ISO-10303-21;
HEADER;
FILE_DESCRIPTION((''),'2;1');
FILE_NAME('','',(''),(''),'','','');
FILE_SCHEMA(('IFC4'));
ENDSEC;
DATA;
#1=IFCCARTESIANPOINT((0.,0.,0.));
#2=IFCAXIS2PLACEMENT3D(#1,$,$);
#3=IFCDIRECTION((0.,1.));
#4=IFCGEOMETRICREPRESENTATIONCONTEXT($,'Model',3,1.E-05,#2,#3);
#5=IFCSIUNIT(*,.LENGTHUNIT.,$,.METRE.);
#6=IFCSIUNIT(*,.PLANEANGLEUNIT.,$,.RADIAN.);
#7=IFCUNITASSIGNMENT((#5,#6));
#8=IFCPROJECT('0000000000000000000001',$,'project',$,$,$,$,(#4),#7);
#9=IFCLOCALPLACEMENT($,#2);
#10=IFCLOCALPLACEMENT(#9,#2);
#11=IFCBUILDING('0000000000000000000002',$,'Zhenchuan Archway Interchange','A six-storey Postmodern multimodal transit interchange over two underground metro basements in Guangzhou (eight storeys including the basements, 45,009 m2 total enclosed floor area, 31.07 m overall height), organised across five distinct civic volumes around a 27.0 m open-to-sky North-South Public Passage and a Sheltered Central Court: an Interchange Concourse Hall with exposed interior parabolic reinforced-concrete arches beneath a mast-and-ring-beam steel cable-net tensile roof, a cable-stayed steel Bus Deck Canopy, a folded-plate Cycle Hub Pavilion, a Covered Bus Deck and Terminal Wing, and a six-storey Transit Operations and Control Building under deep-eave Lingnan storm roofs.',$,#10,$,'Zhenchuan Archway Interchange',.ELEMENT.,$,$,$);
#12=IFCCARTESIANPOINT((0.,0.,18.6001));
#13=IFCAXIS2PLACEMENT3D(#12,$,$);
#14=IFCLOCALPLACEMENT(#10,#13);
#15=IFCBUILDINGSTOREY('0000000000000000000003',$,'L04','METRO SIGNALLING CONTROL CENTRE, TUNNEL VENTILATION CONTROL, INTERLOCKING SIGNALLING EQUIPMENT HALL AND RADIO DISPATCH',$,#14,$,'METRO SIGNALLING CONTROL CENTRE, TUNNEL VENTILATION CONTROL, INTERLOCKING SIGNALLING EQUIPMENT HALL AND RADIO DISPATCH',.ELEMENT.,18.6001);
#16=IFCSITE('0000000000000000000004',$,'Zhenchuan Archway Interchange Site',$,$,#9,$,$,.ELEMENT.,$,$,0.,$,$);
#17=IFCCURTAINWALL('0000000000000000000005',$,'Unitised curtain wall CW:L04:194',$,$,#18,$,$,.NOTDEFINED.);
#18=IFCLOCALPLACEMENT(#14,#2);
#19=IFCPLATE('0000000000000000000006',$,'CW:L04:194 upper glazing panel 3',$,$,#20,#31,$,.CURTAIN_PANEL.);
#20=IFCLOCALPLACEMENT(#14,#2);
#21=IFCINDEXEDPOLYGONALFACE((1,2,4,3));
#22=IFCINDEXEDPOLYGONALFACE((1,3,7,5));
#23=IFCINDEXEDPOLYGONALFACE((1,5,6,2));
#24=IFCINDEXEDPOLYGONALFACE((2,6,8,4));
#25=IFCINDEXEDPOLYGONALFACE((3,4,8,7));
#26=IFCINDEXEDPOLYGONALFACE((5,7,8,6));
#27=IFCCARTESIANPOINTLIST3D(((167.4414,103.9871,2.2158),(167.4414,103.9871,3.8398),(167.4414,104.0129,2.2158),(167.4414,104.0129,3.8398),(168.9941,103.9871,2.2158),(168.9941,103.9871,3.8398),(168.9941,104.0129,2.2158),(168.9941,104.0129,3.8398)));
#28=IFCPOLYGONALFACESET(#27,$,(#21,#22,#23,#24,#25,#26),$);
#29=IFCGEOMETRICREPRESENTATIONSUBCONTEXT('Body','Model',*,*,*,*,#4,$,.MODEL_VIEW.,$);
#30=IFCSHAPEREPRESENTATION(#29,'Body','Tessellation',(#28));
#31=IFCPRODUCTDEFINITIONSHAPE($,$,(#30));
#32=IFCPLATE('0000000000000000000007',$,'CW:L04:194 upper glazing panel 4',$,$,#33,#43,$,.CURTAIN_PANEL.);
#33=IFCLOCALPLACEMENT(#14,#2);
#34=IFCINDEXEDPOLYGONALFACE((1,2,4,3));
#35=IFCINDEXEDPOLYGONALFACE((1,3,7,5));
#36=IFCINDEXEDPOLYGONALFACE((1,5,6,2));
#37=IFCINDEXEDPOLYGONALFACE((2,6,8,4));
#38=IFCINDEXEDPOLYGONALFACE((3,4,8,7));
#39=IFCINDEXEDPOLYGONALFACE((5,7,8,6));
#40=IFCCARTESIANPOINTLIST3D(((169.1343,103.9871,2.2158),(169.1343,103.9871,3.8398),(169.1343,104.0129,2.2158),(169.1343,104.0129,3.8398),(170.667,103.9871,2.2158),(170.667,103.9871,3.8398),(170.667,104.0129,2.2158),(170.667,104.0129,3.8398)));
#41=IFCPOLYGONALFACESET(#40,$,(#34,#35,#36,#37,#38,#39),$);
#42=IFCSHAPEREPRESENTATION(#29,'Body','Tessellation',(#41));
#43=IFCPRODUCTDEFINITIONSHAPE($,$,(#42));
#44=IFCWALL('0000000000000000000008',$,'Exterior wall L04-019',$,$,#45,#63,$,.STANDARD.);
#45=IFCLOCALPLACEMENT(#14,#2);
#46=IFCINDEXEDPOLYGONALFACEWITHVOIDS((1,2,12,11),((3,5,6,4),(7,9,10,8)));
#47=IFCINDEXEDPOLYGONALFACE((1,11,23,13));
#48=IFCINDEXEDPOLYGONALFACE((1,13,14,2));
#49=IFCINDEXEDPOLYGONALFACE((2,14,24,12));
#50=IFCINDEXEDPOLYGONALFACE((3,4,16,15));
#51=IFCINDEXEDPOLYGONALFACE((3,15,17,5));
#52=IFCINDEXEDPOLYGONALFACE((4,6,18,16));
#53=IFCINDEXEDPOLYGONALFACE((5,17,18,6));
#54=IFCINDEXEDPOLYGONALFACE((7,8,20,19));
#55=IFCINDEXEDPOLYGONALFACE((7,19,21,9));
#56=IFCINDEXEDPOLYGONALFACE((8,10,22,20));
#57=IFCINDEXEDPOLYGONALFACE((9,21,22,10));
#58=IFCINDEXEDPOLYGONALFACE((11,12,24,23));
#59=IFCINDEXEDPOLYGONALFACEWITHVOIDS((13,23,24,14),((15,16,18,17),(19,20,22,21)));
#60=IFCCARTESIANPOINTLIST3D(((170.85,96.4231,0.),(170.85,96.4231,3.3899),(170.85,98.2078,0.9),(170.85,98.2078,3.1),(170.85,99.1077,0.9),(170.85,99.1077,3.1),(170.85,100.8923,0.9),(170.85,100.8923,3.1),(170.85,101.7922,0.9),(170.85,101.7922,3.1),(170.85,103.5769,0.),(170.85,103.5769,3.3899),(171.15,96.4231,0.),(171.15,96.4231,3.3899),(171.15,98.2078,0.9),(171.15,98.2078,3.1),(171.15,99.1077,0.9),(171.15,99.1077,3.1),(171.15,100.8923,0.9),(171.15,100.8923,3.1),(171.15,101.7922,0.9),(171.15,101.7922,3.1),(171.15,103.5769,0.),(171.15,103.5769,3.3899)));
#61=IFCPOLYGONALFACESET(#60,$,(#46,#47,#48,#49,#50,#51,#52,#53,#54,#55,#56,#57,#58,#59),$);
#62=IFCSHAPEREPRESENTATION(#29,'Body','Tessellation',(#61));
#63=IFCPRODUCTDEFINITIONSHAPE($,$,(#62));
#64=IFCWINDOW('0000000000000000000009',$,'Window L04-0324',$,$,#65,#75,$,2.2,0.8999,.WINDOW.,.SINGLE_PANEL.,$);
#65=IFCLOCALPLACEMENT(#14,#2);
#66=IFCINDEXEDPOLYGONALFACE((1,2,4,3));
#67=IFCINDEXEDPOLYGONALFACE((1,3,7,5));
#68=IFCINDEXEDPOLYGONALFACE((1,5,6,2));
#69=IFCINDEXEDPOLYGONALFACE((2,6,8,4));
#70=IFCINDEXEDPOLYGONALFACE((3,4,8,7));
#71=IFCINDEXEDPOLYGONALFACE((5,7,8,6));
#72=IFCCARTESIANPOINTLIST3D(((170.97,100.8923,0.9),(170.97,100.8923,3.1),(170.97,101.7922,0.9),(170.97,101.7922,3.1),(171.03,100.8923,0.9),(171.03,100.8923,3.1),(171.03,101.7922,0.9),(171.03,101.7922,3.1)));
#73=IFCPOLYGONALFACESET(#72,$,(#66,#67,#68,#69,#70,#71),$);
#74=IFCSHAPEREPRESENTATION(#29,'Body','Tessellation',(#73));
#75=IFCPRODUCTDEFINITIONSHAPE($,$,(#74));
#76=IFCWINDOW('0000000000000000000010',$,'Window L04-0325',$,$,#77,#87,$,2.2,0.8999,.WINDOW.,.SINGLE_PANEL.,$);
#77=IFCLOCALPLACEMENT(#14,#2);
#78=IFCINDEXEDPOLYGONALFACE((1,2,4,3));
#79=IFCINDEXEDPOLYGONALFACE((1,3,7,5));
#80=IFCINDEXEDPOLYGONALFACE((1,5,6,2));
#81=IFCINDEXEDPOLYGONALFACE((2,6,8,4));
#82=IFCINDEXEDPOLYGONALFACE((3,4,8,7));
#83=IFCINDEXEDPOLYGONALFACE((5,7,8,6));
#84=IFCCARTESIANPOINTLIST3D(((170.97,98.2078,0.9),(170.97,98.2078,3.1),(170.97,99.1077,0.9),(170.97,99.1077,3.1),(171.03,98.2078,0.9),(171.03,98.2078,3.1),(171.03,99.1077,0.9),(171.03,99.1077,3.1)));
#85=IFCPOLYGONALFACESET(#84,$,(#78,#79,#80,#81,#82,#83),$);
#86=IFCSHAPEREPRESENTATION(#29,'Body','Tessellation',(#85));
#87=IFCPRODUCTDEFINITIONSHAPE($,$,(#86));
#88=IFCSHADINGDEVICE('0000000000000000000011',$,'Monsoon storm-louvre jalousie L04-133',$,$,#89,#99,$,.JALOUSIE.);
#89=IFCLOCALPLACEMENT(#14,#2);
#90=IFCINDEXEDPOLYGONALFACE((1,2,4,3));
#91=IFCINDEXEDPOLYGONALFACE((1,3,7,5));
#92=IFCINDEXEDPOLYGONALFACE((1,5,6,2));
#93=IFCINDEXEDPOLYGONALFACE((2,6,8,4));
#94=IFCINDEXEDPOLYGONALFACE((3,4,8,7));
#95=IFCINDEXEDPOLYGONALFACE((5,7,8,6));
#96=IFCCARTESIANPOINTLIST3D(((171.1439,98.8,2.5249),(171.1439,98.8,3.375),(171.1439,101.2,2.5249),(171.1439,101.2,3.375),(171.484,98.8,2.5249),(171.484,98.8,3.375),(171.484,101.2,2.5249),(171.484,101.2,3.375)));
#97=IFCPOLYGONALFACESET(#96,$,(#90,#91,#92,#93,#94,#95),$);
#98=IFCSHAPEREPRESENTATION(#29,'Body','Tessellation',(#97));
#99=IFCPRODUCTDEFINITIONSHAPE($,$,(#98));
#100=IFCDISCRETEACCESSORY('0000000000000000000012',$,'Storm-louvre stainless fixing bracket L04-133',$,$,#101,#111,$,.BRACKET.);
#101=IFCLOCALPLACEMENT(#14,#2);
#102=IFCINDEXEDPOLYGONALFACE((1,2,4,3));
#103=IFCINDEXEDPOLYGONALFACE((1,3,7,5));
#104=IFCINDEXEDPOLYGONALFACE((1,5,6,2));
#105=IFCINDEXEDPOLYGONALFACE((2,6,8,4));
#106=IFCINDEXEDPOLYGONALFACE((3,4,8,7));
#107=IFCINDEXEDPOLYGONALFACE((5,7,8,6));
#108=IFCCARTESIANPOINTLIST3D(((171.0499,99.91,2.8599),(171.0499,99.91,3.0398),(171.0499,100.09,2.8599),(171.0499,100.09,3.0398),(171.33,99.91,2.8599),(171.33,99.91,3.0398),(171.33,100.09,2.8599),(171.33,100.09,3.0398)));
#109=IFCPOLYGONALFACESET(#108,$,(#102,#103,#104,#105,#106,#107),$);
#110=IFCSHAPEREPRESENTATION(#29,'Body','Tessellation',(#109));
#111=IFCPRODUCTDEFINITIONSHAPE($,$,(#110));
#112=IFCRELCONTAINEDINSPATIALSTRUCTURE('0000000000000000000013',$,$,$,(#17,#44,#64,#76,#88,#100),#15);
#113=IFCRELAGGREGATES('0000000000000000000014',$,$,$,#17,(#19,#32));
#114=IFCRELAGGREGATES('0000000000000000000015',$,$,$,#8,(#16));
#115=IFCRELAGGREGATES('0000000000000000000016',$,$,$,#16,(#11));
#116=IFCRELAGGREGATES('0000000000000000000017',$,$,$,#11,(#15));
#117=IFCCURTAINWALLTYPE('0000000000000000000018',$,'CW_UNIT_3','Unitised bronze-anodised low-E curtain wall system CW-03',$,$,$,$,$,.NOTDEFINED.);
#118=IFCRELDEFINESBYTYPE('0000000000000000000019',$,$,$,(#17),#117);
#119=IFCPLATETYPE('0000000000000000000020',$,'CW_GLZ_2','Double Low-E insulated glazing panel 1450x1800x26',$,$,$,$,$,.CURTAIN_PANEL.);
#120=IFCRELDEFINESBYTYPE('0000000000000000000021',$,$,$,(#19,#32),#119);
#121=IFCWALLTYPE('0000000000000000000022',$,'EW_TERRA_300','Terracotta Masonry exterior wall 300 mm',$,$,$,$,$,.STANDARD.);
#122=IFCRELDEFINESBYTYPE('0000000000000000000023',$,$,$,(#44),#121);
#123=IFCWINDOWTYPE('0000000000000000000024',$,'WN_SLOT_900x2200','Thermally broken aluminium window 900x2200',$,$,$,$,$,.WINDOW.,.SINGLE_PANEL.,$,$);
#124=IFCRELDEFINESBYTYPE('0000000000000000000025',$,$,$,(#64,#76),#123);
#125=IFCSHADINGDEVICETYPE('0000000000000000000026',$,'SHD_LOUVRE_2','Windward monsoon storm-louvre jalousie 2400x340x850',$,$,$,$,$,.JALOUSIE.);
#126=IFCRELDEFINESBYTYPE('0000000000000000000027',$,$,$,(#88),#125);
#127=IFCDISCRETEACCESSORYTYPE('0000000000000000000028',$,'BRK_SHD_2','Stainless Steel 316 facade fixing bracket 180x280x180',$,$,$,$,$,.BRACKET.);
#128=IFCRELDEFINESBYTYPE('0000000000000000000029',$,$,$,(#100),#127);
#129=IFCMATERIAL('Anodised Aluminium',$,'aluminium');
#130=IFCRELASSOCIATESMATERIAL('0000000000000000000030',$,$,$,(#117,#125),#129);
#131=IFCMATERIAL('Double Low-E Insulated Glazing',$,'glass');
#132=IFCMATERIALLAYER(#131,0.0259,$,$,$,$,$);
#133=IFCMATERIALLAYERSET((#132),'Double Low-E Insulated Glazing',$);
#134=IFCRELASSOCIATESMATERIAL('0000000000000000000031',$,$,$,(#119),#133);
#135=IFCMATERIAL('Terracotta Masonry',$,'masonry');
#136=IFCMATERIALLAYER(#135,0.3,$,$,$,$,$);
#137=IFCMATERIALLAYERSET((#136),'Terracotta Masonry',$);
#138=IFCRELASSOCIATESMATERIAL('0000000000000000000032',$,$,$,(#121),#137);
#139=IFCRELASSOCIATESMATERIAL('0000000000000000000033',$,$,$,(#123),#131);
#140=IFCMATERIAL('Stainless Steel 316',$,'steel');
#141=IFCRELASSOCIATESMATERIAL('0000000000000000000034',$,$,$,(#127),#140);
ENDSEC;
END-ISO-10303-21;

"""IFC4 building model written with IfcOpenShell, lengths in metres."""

from ifc_helpers import new_model, si_unit, direction, frame, frame_2d, origin, origin_2d, place, context, subcontext, project, spatial, rectangle, extrude, material, layer, layer_set, type_object, element, fill, aggregate, save


model = new_model("IFC4")

# Units and contexts
model_context = context("Model", 3, precision=1e-05, world=origin(), true_north=direction((0.0, 1.0)))
body_context = subcontext(model_context, "Body", "Model", "MODEL_VIEW")
ifc_project = project(units=[si_unit("LENGTHUNIT", "METRE"), si_unit("PLANEANGLEUNIT", "RADIAN")], contexts=[model_context])

# Site, building, storey
site_placement = place(None, origin())
site = spatial("IfcSite", under=ifc_project, at=site_placement, Name="Zhenchuan Archway Interchange Site", CompositionType="ELEMENT", RefElevation=0.0)
building_placement = place(site_placement, origin())
building = spatial("IfcBuilding", under=site, at=building_placement, Name="Zhenchuan Archway Interchange", Description="A six-storey Postmodern multimodal transit interchange over two underground metro basements in Guangzhou (eight storeys including the basements, 45,009 m2 total enclosed floor area, 31.07 m overall height), organised across five distinct civic volumes around a 27.0 m open-to-sky North-South Public Passage and a Sheltered Central Court: an Interchange Concourse Hall with exposed interior parabolic reinforced-concrete arches beneath a mast-and-ring-beam steel cable-net tensile roof, a cable-stayed steel Bus Deck Canopy, a folded-plate Cycle Hub Pavilion, a Covered Bus Deck and Terminal Wing, and a six-storey Transit Operations and Control Building under deep-eave Lingnan storm roofs.", LongName="Zhenchuan Archway Interchange", CompositionType="ELEMENT")
storey_placement = place(building_placement, frame((0.0, 0.0, 18.6001)))
storey = spatial("IfcBuildingStorey", under=building, at=storey_placement, Name="L04", Description="METRO SIGNALLING CONTROL CENTRE, TUNNEL VENTILATION CONTROL, INTERLOCKING SIGNALLING EQUIPMENT HALL AND RADIO DISPATCH", LongName="METRO SIGNALLING CONTROL CENTRE, TUNNEL VENTILATION CONTROL, INTERLOCKING SIGNALLING EQUIPMENT HALL AND RADIO DISPATCH", CompositionType="ELEMENT", Elevation=18.6001)

# Curtain wall
ifc_material_1 = material(Name="Anodised Aluminium", Category="aluminium")
curtain_wall_type = type_object("IfcCurtainWallType", Name="CW_UNIT_3", Description="Unitised bronze-anodised low-E curtain wall system CW-03", PredefinedType="NOTDEFINED", material=ifc_material_1)
curtain_wall_placement = place(storey_placement, origin())
curtain_wall = element("IfcCurtainWall", 1, at=curtain_wall_placement, inside=storey, type_object=curtain_wall_type, Name="Unitised curtain wall CW:L04:194", PredefinedType="NOTDEFINED")

# Plates
ifc_material_2 = material(Name="Double Low-E Insulated Glazing", Category="glass")
ifc_layer_1 = layer(ifc_material_2, 0.0259)
ifc_layer_set_1 = layer_set([ifc_layer_1], Name="Double Low-E Insulated Glazing")
plate_type_1 = type_object("IfcPlateType", Name="CW_GLZ_2", Description="Double Low-E insulated glazing panel 1450x1800x26", PredefinedType="CURTAIN_PANEL", material=ifc_layer_set_1)
plate_1_placement = place(storey_placement, frame((168.2178, 104.0, 2.2158), z_axis=(0.0, 0.0, 1.0), x_axis=(1.0, 0.0, 0.0)))
plate_1 = element("IfcPlate", 2, at=plate_1_placement, type_object=plate_type_1, Name="CW:L04:194 upper glazing panel 3", PredefinedType="CURTAIN_PANEL", context=body_context, shape_type="SweptSolid", body=[
    extrude(rectangle(XDim=1.5527, YDim=0.0259, at=origin_2d()), origin(), (0.0, 0.0, 1.0), 1.624),
])
plate_2_placement = place(storey_placement, frame((169.9006, 104.0, 2.2158), z_axis=(0.0, 0.0, 1.0), x_axis=(1.0, 0.0, 0.0)))
plate_2 = element("IfcPlate", 3, at=plate_2_placement, type_object=plate_type_1, Name="CW:L04:194 upper glazing panel 4", PredefinedType="CURTAIN_PANEL", context=body_context, shape_type="SweptSolid", body=[
    extrude(rectangle(XDim=1.5327, YDim=0.0259, at=origin_2d()), origin(), (0.0, 0.0, 1.0), 1.624),
])
aggregate(curtain_wall, [plate_1, plate_2])

# Wall, openings, windows
ifc_material_3 = material(Name="Terracotta Masonry", Category="masonry")
ifc_layer_2 = layer(ifc_material_3, 0.3)
ifc_layer_set_2 = layer_set([ifc_layer_2], Name="Terracotta Masonry")
wall_type = type_object("IfcWallType", Name="EW_TERRA_300", Description="Terracotta Masonry exterior wall 300 mm", PredefinedType="STANDARD", material=ifc_layer_set_2)
wall_placement = place(storey_placement, frame((171.0, 103.5769, 0.0), z_axis=(0.0, 0.0, 1.0), x_axis=(0.0, -1.0, 0.0)))
wall = element("IfcWall", 4, at=wall_placement, inside=storey, type_object=wall_type, Name="Exterior wall L04-019", PredefinedType="STANDARD", context=body_context, shape_type="SweptSolid", body=[
    extrude(rectangle(XDim=7.1538, YDim=0.3, at=frame_2d((3.5769, 0.0))), origin(), (0.0, 0.0, 1.0), 3.3899),
])
opening_1_placement = place(wall_placement, frame((1.7847, 0.0, 0.8999)))
opening_1 = element("IfcOpeningElement", 5, at=opening_1_placement, cuts=wall, PredefinedType="OPENING", context=body_context, shape_type="SweptSolid", body=[
    extrude(rectangle(XDim=0.8999, YDim=2.2, at=frame_2d((0.45, 1.1001))), frame((0.0, 0.1621, 0.0), z_axis=(0.0, -1.0, 0.0), x_axis=(1.0, 0.0, 0.0)), (0.0, 0.0, 1.0), 0.324),
])
opening_2_placement = place(wall_placement, frame((4.4692, 0.0, 0.8999)))
opening_2 = element("IfcOpeningElement", 6, at=opening_2_placement, cuts=wall, PredefinedType="OPENING", context=body_context, shape_type="SweptSolid", body=[
    extrude(rectangle(XDim=0.8999, YDim=2.2, at=frame_2d((0.45, 1.1001))), frame((0.0, 0.1621, 0.0), z_axis=(0.0, -1.0, 0.0), x_axis=(1.0, 0.0, 0.0)), (0.0, 0.0, 1.0), 0.324),
])
window_type = type_object("IfcWindowType", Name="WN_SLOT_900x2200", Description="Thermally broken aluminium window 900x2200", PartitioningType="SINGLE_PANEL", PredefinedType="WINDOW", material=ifc_material_2)
window_1_placement = place(opening_1_placement, origin())
window_1 = element("IfcWindow", 7, at=window_1_placement, inside=storey, type_object=window_type, Name="Window L04-0324", OverallHeight=2.2, OverallWidth=0.8999, PartitioningType="SINGLE_PANEL", PredefinedType="WINDOW", context=body_context, shape_type="SweptSolid", body=[
    extrude(rectangle(XDim=0.8999, YDim=2.2, at=frame_2d((0.45, 1.1001))), frame((0.0, 0.03, 0.0), z_axis=(0.0, -1.0, 0.0), x_axis=(1.0, 0.0, 0.0)), (0.0, 0.0, 1.0), 0.0601),
])
fill(opening_1, window_1)
window_2_placement = place(opening_2_placement, origin())
window_2 = element("IfcWindow", 8, at=window_2_placement, inside=storey, type_object=window_type, Name="Window L04-0325", OverallHeight=2.2, OverallWidth=0.8999, PartitioningType="SINGLE_PANEL", PredefinedType="WINDOW", context=body_context, shape_type="SweptSolid", body=[
    extrude(rectangle(XDim=0.8999, YDim=2.2, at=frame_2d((0.45, 1.1001))), frame((0.0, 0.03, 0.0), z_axis=(0.0, -1.0, 0.0), x_axis=(1.0, 0.0, 0.0)), (0.0, 0.0, 1.0), 0.0601),
])
fill(opening_2, window_2)

# Shading device
shading_device_type = type_object("IfcShadingDeviceType", Name="SHD_LOUVRE_2", Description="Windward monsoon storm-louvre jalousie 2400x340x850", PredefinedType="JALOUSIE", material=ifc_material_1)
shading_device_placement = place(storey_placement, frame((171.314, 100.0, 2.5249), z_axis=(0.0, 0.0, 1.0), x_axis=(0.0, -1.0, 0.0)))
element("IfcShadingDevice", 9, at=shading_device_placement, inside=storey, type_object=shading_device_type, Name="Monsoon storm-louvre jalousie L04-133", PredefinedType="JALOUSIE", context=body_context, shape_type="SweptSolid", body=[
    extrude(rectangle(XDim=2.3999, YDim=0.3401, at=origin_2d()), origin(), (0.0, 0.0, 1.0), 0.8501),
])

# Discrete accessory
ifc_material_4 = material(Name="Stainless Steel 316", Category="steel")
discrete_accessory_type = type_object("IfcDiscreteAccessoryType", Name="BRK_SHD_2", Description="Stainless Steel 316 facade fixing bracket 180x280x180", PredefinedType="BRACKET", material=ifc_material_4)
discrete_accessory_placement = place(storey_placement, frame((171.1899, 100.0, 2.8599), z_axis=(0.0, 0.0, 1.0), x_axis=(0.0, -1.0, 0.0)))
element("IfcDiscreteAccessory", 10, at=discrete_accessory_placement, inside=storey, type_object=discrete_accessory_type, Name="Storm-louvre stainless fixing bracket L04-133", PredefinedType="BRACKET", context=body_context, shape_type="SweptSolid", body=[
    extrude(rectangle(XDim=0.1799, YDim=0.28, at=origin_2d()), origin(), (0.0, 0.0, 1.0), 0.1799),
])

save(model, "model.ifc")
